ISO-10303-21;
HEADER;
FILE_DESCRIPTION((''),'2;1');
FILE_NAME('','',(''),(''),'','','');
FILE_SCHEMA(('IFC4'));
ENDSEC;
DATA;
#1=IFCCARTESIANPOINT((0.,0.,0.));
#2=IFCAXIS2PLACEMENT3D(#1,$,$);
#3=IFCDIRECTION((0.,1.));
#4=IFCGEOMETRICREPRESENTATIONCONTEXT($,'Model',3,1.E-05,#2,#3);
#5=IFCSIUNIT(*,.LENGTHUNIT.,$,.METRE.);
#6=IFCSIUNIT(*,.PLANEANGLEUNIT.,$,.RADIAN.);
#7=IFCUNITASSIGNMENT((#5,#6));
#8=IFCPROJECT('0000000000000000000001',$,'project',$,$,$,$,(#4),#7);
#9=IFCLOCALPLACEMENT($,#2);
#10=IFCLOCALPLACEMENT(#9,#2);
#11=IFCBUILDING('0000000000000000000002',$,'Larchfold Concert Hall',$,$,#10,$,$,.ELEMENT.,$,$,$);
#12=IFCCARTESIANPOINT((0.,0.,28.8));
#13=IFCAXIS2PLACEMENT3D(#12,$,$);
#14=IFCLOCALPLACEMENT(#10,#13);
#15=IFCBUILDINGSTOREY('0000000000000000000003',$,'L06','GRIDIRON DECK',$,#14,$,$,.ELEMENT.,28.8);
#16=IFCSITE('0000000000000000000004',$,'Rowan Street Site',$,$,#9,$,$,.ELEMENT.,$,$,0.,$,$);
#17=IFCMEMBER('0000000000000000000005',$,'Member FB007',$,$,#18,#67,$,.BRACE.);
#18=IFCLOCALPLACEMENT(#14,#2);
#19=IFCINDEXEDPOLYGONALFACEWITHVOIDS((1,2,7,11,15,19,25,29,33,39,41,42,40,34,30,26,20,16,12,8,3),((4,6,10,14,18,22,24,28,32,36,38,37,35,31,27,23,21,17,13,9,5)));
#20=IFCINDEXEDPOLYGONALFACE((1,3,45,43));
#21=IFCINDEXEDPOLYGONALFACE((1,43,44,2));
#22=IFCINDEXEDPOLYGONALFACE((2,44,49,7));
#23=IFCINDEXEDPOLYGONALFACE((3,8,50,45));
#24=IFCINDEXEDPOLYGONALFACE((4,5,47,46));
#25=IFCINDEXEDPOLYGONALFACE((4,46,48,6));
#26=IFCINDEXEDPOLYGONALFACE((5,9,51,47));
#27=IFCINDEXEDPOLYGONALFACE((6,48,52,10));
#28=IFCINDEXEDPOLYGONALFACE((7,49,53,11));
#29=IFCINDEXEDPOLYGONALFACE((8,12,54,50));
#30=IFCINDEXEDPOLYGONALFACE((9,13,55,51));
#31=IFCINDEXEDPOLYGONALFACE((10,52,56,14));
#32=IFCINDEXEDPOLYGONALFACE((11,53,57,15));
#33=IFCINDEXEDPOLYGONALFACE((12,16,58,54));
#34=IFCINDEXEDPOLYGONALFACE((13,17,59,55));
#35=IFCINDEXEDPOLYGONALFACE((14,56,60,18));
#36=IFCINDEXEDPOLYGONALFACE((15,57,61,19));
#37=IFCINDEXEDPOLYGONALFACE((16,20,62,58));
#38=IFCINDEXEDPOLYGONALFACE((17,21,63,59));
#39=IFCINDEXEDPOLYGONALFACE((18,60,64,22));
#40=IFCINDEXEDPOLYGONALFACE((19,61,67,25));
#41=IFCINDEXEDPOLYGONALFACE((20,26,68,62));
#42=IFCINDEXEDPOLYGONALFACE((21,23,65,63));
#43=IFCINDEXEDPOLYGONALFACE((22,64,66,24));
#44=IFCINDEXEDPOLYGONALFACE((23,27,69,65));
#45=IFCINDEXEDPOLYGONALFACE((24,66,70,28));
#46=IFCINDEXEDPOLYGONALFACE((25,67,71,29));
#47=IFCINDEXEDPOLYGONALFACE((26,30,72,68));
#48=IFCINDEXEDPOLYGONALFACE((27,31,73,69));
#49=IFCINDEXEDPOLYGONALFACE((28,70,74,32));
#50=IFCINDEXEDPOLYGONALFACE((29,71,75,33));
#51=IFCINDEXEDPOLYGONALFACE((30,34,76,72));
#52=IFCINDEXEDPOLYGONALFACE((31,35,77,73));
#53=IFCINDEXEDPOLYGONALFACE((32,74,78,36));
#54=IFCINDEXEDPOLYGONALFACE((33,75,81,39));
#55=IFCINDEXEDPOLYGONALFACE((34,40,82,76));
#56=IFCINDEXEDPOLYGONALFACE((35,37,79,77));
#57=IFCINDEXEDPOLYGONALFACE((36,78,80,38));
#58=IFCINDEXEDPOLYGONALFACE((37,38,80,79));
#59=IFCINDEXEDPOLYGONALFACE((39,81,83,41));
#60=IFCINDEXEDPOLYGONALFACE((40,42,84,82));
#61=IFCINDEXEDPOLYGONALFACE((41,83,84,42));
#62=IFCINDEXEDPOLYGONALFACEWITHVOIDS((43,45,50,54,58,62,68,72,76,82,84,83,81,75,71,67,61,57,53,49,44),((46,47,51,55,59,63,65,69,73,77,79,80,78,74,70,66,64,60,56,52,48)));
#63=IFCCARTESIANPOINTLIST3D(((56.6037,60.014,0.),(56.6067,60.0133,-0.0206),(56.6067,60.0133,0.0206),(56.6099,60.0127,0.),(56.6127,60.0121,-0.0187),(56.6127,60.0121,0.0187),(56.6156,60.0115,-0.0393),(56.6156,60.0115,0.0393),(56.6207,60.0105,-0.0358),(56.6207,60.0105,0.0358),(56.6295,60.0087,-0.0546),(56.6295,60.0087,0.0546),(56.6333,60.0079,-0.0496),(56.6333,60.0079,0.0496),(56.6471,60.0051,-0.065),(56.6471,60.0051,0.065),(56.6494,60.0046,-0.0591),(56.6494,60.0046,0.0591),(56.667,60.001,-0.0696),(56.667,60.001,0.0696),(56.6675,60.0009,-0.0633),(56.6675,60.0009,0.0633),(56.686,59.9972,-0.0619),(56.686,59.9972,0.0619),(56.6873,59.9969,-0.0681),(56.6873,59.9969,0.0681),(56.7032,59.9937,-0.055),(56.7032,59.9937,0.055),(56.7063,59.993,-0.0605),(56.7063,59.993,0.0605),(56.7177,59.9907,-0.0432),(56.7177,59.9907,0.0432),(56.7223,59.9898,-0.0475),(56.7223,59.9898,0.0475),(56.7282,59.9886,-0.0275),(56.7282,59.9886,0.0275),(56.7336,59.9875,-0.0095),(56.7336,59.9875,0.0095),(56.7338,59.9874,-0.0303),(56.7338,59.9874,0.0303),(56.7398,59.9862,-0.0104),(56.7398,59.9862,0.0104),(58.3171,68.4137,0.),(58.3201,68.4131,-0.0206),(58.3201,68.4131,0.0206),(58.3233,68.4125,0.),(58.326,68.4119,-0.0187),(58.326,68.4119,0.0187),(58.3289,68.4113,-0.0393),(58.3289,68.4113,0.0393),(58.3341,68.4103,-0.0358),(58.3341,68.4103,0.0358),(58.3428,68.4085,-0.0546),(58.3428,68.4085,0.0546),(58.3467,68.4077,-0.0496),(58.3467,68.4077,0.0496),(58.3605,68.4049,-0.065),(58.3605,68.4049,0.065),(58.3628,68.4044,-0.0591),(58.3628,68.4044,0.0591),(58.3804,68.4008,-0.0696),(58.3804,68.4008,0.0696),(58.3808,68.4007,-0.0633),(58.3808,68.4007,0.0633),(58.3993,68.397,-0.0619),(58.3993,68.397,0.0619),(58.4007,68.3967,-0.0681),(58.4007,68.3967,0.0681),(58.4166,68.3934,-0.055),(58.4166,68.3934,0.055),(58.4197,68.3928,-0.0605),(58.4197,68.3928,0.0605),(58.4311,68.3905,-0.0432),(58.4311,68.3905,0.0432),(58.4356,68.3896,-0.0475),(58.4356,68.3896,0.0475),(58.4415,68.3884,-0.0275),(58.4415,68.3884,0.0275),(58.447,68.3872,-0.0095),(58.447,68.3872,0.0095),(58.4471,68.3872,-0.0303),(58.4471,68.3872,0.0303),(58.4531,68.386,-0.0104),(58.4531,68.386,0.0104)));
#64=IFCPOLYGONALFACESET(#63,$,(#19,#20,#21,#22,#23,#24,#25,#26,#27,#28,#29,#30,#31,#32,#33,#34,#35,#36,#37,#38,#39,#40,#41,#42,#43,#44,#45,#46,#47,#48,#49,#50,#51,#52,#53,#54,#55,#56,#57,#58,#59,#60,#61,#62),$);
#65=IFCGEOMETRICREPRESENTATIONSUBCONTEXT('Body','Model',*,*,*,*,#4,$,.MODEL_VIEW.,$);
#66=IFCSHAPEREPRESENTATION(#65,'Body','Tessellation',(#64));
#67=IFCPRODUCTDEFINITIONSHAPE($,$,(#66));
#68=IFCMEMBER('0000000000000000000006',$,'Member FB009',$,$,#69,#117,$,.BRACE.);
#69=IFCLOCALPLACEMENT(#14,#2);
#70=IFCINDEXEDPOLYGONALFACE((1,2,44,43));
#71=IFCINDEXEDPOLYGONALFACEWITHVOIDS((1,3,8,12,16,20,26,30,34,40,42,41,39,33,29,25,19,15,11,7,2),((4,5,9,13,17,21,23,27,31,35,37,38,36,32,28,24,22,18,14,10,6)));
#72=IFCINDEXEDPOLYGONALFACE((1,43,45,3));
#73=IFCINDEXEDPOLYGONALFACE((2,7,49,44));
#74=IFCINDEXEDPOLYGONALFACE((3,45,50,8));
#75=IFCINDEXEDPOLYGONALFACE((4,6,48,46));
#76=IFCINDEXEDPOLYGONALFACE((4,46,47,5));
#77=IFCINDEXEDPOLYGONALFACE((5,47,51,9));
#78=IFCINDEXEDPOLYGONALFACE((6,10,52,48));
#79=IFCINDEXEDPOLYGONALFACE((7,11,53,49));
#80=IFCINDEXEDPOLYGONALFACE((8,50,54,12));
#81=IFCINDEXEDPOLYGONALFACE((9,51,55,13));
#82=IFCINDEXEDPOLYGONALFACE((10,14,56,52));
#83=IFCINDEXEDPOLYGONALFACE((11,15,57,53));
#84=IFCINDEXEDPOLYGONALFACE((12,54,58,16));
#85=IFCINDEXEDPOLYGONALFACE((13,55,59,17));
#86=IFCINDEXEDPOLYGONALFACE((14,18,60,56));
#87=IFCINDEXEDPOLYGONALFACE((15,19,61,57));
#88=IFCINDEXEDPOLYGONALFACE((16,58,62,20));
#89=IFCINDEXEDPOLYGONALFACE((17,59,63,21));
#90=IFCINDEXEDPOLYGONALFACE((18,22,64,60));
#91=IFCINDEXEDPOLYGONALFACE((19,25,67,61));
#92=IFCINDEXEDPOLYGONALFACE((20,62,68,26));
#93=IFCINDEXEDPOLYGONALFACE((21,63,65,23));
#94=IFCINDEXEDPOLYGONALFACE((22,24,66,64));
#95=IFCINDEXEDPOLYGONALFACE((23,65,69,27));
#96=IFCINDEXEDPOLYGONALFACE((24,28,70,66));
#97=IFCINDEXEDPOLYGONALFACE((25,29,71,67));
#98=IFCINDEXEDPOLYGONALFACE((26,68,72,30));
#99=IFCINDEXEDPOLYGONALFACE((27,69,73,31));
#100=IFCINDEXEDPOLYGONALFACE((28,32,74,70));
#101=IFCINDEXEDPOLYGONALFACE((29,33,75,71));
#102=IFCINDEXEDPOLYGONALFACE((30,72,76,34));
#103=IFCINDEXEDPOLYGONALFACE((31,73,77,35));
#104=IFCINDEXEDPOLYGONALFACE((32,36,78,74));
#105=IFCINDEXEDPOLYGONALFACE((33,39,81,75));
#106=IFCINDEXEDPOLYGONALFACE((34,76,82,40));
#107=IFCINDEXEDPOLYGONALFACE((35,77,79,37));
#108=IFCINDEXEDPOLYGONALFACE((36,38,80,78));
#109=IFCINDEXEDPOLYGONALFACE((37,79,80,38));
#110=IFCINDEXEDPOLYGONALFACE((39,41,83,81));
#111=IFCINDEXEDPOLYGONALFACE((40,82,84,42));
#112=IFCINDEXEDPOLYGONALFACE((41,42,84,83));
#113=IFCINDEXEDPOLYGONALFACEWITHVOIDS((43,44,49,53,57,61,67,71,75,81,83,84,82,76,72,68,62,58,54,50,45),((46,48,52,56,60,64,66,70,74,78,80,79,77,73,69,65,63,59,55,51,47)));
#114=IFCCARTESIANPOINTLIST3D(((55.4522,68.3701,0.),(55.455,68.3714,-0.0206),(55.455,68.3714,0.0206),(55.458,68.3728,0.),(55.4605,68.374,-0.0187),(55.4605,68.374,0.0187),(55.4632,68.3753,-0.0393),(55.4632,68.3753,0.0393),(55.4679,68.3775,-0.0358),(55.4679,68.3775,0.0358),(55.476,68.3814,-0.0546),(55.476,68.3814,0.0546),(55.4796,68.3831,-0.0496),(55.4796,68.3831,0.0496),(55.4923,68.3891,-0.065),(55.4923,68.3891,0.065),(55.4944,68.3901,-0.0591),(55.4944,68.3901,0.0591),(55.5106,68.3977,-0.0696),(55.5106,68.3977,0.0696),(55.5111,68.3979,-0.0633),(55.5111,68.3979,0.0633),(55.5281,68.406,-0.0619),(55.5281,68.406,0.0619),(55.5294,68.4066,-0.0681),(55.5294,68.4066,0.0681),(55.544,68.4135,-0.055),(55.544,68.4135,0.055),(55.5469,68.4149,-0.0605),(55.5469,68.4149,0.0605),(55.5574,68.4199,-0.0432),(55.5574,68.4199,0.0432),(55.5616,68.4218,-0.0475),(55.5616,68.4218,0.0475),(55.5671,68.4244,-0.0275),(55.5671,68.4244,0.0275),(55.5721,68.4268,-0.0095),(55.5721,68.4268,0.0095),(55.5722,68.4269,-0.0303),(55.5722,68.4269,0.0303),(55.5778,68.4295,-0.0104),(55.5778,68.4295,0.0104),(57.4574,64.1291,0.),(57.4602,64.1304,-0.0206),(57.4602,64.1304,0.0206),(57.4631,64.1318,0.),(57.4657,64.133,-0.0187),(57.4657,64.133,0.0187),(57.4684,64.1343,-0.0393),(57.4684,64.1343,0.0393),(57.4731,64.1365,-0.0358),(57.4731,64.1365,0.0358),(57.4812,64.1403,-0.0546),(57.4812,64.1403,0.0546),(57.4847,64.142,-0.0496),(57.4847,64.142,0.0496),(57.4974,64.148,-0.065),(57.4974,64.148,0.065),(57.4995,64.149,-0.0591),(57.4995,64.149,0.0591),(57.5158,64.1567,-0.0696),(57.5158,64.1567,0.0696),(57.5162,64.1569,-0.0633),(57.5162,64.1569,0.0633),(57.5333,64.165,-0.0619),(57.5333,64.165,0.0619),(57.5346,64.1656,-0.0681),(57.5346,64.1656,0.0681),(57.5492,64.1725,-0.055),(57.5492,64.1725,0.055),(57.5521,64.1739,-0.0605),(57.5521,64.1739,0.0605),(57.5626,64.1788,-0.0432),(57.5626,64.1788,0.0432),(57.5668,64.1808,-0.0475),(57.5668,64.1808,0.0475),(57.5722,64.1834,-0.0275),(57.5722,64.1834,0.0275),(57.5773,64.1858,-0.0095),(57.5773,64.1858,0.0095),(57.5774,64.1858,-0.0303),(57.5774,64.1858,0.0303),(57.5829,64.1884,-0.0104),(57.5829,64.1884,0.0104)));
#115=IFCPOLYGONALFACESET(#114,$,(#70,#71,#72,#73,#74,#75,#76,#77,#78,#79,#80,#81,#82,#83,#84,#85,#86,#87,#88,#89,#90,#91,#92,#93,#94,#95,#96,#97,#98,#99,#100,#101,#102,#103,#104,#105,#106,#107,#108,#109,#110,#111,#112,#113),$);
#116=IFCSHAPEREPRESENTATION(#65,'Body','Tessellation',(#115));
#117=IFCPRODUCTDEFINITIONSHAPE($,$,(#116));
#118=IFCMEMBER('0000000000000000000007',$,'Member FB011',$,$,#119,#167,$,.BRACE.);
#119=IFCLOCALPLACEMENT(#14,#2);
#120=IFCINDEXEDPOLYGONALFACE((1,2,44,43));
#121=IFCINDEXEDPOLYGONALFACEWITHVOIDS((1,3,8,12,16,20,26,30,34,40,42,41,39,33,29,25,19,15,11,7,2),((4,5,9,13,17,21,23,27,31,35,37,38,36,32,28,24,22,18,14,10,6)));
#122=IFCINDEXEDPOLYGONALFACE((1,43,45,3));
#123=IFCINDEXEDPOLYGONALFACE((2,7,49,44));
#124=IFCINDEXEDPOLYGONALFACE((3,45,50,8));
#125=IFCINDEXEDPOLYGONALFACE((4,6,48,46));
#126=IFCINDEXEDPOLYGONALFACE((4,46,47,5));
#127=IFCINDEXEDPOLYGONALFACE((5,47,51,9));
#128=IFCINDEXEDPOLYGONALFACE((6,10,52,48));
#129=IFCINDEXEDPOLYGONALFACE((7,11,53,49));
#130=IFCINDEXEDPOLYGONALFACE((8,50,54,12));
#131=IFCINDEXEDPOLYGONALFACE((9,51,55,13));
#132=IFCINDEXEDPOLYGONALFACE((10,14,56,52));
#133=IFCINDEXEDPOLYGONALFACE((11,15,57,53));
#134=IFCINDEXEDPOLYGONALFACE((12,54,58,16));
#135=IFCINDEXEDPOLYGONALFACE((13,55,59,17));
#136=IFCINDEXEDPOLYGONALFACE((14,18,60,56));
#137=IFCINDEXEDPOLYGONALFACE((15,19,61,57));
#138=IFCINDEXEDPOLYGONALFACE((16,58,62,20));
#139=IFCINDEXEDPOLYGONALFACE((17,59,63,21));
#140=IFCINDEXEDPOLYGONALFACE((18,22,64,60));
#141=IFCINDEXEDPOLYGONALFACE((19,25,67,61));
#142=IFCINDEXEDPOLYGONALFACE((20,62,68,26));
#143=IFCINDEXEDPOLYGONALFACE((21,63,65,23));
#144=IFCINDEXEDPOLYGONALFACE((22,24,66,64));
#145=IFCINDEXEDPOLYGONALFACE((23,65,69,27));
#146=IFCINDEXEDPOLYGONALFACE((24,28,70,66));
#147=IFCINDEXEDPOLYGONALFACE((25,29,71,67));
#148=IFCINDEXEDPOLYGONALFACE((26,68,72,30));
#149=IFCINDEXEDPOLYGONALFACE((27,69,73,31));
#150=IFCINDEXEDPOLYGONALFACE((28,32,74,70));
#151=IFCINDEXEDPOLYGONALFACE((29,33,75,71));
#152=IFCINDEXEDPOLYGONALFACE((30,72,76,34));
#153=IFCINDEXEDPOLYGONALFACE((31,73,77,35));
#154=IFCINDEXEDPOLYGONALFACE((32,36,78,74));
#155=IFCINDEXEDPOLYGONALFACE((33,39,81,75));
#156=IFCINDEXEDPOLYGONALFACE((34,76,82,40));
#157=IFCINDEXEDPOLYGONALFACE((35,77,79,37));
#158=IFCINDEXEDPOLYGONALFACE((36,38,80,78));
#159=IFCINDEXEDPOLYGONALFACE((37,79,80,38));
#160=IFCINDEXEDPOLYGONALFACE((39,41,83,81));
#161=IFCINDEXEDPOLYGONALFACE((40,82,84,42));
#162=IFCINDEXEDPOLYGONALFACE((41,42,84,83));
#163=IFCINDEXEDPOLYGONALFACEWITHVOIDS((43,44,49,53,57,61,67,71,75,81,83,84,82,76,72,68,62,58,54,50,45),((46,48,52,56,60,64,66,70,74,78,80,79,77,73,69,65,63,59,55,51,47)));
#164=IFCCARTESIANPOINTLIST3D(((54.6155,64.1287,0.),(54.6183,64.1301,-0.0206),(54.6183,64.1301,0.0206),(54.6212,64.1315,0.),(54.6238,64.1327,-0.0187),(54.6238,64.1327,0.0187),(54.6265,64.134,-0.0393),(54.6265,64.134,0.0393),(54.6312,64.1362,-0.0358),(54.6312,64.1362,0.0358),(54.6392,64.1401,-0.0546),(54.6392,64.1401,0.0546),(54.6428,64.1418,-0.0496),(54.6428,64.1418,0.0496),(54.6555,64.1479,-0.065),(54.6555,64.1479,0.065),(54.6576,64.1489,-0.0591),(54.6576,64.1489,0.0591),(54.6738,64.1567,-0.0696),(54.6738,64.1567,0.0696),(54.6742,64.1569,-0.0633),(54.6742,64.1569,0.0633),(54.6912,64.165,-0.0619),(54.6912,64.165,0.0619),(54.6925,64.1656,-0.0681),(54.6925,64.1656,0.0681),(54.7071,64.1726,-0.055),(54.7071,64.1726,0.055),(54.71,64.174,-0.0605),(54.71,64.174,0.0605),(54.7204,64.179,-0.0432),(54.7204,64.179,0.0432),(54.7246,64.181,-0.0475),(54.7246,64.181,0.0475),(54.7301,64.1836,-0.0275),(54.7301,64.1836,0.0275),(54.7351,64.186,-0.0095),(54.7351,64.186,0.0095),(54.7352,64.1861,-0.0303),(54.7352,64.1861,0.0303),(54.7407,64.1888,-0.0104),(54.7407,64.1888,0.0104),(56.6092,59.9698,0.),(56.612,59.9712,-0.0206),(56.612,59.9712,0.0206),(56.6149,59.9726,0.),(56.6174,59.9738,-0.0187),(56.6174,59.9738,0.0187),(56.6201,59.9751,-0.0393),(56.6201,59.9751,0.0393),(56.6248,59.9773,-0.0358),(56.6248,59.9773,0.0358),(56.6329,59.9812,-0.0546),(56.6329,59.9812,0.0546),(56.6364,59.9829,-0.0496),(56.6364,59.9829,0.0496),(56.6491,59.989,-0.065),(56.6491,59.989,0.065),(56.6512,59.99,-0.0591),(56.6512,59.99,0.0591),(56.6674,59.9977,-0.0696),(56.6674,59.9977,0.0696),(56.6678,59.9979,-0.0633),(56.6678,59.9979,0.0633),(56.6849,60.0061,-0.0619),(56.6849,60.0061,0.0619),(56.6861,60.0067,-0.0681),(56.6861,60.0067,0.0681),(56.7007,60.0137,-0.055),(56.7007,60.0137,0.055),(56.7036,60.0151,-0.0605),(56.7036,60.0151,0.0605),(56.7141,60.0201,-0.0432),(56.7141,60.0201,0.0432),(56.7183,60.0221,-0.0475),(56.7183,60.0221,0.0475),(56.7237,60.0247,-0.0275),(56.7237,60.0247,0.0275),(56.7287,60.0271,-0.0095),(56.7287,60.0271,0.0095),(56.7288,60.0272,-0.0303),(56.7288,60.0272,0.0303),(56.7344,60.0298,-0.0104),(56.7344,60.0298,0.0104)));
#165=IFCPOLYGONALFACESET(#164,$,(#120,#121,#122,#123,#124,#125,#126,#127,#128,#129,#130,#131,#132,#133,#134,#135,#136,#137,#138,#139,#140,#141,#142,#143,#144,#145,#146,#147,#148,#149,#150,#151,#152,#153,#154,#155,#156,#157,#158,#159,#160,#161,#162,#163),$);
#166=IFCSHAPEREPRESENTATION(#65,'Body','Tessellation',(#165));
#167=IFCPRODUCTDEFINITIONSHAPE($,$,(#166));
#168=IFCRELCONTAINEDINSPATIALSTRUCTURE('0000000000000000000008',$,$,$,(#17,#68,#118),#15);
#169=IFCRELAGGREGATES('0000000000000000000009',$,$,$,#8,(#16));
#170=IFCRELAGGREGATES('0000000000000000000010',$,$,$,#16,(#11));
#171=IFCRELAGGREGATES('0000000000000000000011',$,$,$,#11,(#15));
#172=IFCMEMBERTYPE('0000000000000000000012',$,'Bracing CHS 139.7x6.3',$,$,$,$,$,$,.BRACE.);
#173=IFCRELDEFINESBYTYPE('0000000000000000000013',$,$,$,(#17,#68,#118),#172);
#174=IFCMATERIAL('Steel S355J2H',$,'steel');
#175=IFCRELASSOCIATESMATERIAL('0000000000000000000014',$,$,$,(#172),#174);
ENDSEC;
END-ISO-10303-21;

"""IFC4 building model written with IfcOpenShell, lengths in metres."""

from ifc_helpers import new_model, si_unit, direction, frame, origin, origin_2d, place, context, subcontext, project, spatial, hollow_circle, extrude, material, material_profile, profile_set, type_object, element, save


model = new_model("IFC4")

# Units and contexts
model_context = context("Model", 3, precision=1e-05, world=origin(), true_north=direction((0.0, 1.0)))
body_context = subcontext(model_context, "Body", "Model", "MODEL_VIEW")
ifc_project = project(units=[si_unit("LENGTHUNIT", "METRE"), si_unit("PLANEANGLEUNIT", "RADIAN")], contexts=[model_context])

# Site, building, storey
site_placement = place(None, origin())
site = spatial("IfcSite", under=ifc_project, at=site_placement, Name="Rowan Street Site", CompositionType="ELEMENT", RefElevation=0.0)
building_placement = place(site_placement, origin())
building = spatial("IfcBuilding", under=site, at=building_placement, Name="Larchfold Concert Hall", CompositionType="ELEMENT")
storey_placement = place(building_placement, frame((0.0, 0.0, 28.8)))
storey = spatial("IfcBuildingStorey", under=building, at=storey_placement, Name="L06", Description="GRIDIRON DECK", CompositionType="ELEMENT", Elevation=28.8)

# Members
ifc_material_1 = material(Name="Steel S355J2H", Category="steel")
ifc_material_profile_1 = material_profile(ifc_material_1, hollow_circle(Radius=0.0698, WallThickness=0.0063, at=origin_2d()))
ifc_profile_set_1 = profile_set([ifc_material_profile_1], Name="Steel S355J2H")
member_type_1 = type_object("IfcMemberType", Name="Bracing CHS 139.7x6.3", PredefinedType="BRACE", material=ifc_profile_set_1)
member_1_placement = place(storey_placement, frame((56.6721, 60.0, 0.0), z_axis=(0.199861, 0.979824, 0.0), x_axis=(-0.979824, 0.199861, 0.0)))
element("IfcMember", 1, at=member_1_placement, inside=storey, type_object=member_type_1, Name="Member FB007", PredefinedType="BRACE", context=body_context, shape_type="SweptSolid", body=[
    extrude(hollow_circle(Radius=0.0698, WallThickness=0.0063, at=origin_2d()), origin(), (0.0, 0.0, 1.0), 8.5728),
])
member_2_placement = place(storey_placement, frame((57.5205, 64.1589, 0.0), z_axis=(-0.427433, 0.904047, 0.0), x_axis=(-0.904047, -0.427433, 0.0)))
element("IfcMember", 2, at=member_2_placement, inside=storey, type_object=member_type_1, Name="Member FB009", PredefinedType="BRACE", context=body_context, shape_type="SweptSolid", body=[
    extrude(hollow_circle(Radius=0.0698, WallThickness=0.0063, at=origin_2d()), origin(), (0.0, 0.0, 1.0), 4.6912),
])
member_3_placement = place(storey_placement, frame((56.6721, 60.0, 0.0), z_axis=(-0.432266, 0.901746, 0.0), x_axis=(-0.901746, -0.432266, 0.0)))
element("IfcMember", 3, at=member_3_placement, inside=storey, type_object=member_type_1, Name="Member FB011", PredefinedType="BRACE", context=body_context, shape_type="SweptSolid", body=[
    extrude(hollow_circle(Radius=0.0698, WallThickness=0.0063, at=origin_2d()), origin(), (0.0, 0.0, 1.0), 4.6121),
])

save(model, "model.ifc")
